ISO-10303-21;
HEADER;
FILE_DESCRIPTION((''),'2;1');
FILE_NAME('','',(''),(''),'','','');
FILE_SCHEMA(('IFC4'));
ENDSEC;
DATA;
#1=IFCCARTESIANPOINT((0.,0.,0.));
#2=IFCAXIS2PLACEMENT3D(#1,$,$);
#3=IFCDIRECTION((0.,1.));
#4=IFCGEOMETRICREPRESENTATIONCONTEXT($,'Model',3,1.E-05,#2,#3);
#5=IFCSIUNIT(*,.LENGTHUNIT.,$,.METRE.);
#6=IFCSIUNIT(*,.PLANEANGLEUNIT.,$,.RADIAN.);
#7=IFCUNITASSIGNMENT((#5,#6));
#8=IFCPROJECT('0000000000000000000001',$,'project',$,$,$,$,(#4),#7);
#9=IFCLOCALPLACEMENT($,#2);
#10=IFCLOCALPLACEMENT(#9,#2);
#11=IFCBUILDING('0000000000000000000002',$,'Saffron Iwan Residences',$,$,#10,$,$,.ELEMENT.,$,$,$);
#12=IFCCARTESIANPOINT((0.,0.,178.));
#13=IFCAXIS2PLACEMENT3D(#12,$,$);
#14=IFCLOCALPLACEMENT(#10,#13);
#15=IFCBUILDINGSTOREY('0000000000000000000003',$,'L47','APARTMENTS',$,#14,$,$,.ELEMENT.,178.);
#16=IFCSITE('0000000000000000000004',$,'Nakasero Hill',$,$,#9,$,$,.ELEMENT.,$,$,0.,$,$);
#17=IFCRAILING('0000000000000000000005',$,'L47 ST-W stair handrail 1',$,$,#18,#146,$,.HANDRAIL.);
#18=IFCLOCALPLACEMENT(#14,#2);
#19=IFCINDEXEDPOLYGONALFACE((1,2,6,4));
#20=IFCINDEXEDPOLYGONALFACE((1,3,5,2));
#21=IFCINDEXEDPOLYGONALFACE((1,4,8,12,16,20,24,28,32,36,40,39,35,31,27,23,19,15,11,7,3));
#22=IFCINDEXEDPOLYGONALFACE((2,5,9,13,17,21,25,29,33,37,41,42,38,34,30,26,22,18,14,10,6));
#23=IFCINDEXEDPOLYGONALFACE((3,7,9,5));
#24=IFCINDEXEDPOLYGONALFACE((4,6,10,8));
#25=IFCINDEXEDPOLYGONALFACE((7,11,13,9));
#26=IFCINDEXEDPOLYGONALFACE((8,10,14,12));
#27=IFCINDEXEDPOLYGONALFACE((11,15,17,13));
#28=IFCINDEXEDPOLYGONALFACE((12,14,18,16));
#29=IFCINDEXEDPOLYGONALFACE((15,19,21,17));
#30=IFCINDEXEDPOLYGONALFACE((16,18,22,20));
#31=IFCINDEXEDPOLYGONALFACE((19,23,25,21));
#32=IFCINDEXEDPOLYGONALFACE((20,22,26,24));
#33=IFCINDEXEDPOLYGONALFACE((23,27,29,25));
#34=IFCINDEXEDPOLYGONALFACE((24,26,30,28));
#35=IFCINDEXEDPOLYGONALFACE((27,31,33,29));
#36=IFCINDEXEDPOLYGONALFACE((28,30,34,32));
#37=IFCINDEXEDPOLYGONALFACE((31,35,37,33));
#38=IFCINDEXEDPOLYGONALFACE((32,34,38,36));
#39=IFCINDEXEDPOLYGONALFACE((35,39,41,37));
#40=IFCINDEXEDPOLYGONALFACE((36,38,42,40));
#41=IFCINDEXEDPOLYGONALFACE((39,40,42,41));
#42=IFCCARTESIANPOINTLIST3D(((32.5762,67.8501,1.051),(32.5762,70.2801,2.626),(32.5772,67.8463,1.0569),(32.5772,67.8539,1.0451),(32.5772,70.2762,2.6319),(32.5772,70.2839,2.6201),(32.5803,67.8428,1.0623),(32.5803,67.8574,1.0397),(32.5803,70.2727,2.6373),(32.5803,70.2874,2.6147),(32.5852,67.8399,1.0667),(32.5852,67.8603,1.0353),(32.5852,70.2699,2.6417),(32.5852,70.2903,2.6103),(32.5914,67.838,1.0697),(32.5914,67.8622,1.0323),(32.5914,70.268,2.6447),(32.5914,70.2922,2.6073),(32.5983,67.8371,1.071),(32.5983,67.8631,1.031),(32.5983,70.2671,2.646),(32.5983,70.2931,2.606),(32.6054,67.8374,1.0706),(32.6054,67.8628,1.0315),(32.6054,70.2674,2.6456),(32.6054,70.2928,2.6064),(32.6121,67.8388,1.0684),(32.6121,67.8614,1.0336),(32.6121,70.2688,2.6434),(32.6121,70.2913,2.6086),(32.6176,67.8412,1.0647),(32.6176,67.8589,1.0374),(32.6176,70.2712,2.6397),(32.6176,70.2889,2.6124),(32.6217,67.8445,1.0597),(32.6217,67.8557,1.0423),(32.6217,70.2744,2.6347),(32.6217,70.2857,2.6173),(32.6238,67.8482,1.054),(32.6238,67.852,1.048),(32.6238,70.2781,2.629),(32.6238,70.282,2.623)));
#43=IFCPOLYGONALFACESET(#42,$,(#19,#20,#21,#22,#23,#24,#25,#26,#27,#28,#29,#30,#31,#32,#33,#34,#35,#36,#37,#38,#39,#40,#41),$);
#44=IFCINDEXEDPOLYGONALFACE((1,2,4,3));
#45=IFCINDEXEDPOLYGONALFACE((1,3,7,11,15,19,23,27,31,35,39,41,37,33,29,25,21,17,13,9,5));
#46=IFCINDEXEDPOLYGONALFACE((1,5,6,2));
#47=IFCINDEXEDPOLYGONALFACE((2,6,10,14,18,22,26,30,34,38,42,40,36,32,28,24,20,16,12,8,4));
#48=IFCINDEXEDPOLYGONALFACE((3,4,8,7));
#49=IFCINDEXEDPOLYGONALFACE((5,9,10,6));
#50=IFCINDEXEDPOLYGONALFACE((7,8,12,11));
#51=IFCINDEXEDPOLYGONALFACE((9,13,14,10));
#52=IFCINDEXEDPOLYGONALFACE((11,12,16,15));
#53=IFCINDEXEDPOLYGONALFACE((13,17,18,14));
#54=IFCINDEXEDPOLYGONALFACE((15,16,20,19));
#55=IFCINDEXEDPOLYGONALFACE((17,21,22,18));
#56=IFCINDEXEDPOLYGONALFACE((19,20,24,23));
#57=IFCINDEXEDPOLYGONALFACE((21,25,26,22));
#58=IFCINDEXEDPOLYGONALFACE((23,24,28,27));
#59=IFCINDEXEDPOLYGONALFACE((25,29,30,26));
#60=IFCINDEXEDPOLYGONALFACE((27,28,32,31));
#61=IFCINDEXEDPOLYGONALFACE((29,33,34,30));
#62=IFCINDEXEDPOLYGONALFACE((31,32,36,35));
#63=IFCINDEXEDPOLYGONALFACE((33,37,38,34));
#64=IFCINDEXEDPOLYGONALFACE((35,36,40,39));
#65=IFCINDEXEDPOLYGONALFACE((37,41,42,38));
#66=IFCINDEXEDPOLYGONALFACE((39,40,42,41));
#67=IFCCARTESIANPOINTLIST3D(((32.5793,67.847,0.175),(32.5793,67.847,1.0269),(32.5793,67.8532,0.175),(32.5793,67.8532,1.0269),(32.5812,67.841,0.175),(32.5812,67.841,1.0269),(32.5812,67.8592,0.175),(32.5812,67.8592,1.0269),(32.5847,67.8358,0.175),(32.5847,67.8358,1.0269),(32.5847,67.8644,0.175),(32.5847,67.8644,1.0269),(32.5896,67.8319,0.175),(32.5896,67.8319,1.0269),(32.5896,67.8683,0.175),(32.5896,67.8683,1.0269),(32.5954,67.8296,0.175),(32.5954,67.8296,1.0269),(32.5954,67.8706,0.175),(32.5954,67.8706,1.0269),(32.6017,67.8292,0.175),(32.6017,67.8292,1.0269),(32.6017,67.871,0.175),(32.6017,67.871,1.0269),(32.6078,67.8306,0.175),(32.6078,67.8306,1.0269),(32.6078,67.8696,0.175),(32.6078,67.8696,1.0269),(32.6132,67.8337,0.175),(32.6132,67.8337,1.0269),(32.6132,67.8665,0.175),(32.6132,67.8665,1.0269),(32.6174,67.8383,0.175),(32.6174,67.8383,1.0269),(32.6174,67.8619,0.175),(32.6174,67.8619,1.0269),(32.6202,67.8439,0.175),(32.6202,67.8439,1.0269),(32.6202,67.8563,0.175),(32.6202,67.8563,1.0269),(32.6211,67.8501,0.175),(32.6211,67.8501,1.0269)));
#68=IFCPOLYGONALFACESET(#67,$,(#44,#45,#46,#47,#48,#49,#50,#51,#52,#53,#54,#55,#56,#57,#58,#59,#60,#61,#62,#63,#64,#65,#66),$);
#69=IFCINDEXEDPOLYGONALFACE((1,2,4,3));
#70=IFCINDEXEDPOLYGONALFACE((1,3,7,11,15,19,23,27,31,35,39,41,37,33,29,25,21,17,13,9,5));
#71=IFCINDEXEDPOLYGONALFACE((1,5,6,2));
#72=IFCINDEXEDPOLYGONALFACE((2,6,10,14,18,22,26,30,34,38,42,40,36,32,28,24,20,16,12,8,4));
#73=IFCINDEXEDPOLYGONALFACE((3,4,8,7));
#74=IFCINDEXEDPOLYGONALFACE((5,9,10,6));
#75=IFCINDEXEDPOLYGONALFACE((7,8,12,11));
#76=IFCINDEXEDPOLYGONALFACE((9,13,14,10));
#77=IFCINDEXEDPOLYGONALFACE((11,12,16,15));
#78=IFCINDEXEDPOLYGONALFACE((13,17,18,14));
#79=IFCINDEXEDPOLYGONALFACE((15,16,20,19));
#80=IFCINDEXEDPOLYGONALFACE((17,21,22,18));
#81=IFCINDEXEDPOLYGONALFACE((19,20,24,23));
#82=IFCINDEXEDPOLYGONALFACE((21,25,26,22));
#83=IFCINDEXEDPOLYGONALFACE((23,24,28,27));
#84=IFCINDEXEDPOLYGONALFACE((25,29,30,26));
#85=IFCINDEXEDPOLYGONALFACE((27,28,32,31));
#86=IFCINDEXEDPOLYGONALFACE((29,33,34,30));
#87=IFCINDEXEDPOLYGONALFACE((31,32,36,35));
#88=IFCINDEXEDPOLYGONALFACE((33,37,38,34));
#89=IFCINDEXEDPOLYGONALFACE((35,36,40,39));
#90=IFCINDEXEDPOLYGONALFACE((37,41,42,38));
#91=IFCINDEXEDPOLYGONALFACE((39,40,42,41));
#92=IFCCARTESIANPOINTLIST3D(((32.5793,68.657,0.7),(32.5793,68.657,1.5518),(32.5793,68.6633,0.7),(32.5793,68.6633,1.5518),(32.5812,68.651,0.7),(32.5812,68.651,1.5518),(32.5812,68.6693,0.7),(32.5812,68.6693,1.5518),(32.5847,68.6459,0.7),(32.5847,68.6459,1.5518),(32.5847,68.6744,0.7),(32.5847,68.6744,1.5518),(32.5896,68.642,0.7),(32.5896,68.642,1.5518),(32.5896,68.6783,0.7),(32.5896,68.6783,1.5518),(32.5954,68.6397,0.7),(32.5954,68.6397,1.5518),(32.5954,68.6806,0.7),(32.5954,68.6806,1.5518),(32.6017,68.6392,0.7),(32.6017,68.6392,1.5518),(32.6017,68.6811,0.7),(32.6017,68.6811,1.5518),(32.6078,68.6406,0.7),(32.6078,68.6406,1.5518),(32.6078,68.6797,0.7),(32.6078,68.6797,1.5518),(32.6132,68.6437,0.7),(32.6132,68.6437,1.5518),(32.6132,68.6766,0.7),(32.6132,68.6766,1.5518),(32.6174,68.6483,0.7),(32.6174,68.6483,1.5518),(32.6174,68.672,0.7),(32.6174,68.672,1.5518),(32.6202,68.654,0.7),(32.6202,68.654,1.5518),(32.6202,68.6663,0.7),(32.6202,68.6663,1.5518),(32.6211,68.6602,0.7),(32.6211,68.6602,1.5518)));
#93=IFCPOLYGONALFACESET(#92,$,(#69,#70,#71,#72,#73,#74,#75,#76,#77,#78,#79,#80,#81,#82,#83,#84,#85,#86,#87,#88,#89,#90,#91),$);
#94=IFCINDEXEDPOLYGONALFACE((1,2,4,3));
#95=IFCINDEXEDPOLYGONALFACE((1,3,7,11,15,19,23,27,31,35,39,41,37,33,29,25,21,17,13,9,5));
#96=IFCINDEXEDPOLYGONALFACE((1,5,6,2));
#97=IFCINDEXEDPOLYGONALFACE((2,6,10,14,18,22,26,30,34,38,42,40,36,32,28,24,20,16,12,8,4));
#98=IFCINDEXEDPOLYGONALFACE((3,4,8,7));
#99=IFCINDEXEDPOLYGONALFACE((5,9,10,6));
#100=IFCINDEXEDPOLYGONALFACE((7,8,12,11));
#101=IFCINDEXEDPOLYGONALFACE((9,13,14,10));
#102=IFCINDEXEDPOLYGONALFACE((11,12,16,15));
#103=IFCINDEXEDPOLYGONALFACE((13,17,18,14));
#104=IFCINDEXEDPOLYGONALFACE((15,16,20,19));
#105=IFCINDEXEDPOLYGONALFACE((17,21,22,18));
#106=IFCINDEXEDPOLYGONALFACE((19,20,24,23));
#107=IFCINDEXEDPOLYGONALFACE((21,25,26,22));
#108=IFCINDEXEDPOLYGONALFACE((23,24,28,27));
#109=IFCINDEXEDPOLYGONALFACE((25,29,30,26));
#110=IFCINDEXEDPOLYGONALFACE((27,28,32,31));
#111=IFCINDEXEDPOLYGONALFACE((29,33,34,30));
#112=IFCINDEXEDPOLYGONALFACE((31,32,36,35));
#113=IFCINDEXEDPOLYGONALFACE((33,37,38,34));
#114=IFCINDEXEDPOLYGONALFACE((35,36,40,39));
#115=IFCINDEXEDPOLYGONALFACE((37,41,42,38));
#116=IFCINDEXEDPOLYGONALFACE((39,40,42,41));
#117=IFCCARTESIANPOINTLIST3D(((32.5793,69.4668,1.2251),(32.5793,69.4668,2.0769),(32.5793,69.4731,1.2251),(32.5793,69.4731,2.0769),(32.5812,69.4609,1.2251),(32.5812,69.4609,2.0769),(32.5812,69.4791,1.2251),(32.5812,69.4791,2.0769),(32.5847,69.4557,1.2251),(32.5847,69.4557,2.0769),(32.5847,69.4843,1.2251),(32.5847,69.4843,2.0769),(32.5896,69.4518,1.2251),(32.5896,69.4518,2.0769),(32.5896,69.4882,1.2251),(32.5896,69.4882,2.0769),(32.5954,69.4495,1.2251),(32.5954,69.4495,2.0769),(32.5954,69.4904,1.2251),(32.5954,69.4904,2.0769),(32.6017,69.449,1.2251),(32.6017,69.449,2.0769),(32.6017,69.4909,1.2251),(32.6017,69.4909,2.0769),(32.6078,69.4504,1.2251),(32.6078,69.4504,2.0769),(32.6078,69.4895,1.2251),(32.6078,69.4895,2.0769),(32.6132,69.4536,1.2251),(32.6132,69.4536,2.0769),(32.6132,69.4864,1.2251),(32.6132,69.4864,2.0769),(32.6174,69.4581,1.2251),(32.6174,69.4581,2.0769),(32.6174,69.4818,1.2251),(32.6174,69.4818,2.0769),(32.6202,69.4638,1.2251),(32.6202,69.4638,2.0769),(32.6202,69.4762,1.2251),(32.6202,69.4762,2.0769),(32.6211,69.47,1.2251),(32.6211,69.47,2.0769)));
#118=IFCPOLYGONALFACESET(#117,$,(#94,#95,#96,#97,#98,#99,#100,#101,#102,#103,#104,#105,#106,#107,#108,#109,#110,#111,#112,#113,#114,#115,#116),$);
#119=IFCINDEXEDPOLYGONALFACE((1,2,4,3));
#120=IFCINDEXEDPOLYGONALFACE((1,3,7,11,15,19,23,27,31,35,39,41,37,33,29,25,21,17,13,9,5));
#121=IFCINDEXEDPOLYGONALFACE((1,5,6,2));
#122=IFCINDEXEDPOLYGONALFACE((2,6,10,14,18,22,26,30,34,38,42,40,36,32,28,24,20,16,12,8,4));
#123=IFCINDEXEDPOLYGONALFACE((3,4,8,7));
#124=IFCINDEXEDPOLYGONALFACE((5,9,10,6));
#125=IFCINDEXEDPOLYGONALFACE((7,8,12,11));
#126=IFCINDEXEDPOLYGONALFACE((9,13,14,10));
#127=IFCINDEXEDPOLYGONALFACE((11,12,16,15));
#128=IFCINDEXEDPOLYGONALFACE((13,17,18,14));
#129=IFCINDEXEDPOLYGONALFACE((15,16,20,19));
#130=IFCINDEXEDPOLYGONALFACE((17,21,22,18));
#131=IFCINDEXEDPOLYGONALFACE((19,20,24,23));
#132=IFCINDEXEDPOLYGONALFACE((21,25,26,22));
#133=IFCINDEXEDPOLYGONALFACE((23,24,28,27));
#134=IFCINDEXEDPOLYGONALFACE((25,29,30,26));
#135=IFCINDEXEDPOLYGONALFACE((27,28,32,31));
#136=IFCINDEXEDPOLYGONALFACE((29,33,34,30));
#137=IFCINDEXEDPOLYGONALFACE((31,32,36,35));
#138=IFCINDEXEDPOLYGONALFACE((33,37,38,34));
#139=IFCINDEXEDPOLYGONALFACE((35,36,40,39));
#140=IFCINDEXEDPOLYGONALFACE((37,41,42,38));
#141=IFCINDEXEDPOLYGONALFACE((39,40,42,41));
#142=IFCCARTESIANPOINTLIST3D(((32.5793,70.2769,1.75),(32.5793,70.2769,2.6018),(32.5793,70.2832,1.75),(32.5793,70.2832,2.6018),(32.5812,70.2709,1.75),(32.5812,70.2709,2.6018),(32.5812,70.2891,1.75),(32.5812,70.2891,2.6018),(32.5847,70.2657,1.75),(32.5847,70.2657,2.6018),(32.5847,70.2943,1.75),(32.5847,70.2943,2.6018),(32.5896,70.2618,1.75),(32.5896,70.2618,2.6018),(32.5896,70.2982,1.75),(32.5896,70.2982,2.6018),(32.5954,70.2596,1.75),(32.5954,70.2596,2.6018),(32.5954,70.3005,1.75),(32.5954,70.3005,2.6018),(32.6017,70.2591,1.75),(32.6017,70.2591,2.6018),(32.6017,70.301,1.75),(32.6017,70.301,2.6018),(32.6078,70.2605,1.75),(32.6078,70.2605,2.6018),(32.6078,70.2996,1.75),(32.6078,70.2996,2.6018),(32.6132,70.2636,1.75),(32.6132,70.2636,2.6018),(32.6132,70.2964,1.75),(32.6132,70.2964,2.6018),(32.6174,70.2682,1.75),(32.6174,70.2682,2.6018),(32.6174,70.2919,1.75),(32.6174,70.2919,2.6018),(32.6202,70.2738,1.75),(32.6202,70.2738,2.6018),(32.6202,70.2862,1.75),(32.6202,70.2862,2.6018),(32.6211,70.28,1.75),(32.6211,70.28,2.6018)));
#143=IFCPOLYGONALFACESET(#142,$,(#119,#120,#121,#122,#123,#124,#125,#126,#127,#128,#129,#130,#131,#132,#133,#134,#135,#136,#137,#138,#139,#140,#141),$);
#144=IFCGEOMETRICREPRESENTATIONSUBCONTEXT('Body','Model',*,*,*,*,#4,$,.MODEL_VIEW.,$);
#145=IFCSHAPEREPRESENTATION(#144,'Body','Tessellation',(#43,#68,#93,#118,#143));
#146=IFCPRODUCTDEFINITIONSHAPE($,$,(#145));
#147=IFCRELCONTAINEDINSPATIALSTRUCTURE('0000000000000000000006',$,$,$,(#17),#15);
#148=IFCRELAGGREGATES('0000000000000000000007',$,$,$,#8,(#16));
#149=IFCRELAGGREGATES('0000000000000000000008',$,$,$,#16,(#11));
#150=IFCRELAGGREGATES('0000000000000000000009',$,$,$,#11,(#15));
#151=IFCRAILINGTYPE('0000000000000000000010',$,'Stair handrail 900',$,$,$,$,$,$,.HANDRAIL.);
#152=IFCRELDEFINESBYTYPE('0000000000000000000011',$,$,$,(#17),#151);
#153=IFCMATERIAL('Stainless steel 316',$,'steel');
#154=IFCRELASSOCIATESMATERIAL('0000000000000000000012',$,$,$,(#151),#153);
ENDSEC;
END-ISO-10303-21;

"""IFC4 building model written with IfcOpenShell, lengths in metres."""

from ifc_helpers import new_model, si_unit, direction, frame, origin, origin_2d, place, context, subcontext, project, spatial, circle, extrude, material, type_object, element, save


model = new_model("IFC4")

# Units and contexts
model_context = context("Model", 3, precision=1e-05, world=origin(), true_north=direction((0.0, 1.0)))
body_context = subcontext(model_context, "Body", "Model", "MODEL_VIEW")
ifc_project = project(units=[si_unit("LENGTHUNIT", "METRE"), si_unit("PLANEANGLEUNIT", "RADIAN")], contexts=[model_context])

# Site, building, storey
site_placement = place(None, origin())
site = spatial("IfcSite", under=ifc_project, at=site_placement, Name="Nakasero Hill", CompositionType="ELEMENT", RefElevation=0.0)
building_placement = place(site_placement, origin())
building = spatial("IfcBuilding", under=site, at=building_placement, Name="Saffron Iwan Residences", CompositionType="ELEMENT")
storey_placement = place(building_placement, frame((0.0, 0.0, 178.0)))
storey = spatial("IfcBuildingStorey", under=building, at=storey_placement, Name="L47", Description="APARTMENTS", CompositionType="ELEMENT", Elevation=178.0)

# Railing
ifc_material_1 = material(Name="Stainless steel 316", Category="steel")
railing_type_1 = type_object("IfcRailingType", Name="Stair handrail 900", PredefinedType="HANDRAIL", material=ifc_material_1)
railing_1_placement = place(storey_placement, frame((32.6001, 67.8501, 0.175)))
element("IfcRailing", 1, at=railing_1_placement, inside=storey, type_object=railing_type_1, Name="L47 ST-W stair handrail 1", PredefinedType="HANDRAIL", context=body_context, shape_type="SweptSolid", body=[
    extrude(circle(Radius=0.0239, at=origin_2d()), frame((0.0, 0.0, 0.876), z_axis=(0.0, 0.839154, 0.543894), x_axis=(-1.0, 0.0, 0.0)), (0.0, 0.0, 1.0), 2.8958),
    extrude(circle(Radius=0.021, at=origin_2d()), origin(), (0.0, 0.0, 1.0), 0.8518),
    extrude(circle(Radius=0.021, at=origin_2d()), frame((0.0, 0.8101, 0.5249)), (0.0, 0.0, 1.0), 0.8518),
    extrude(circle(Radius=0.021, at=origin_2d()), frame((0.0, 1.6199, 1.05)), (0.0, 0.0, 1.0), 0.8518),
    extrude(circle(Radius=0.021, at=origin_2d()), frame((0.0, 2.4299, 1.575)), (0.0, 0.0, 1.0), 0.8518),
])

save(model, "model.ifc")
